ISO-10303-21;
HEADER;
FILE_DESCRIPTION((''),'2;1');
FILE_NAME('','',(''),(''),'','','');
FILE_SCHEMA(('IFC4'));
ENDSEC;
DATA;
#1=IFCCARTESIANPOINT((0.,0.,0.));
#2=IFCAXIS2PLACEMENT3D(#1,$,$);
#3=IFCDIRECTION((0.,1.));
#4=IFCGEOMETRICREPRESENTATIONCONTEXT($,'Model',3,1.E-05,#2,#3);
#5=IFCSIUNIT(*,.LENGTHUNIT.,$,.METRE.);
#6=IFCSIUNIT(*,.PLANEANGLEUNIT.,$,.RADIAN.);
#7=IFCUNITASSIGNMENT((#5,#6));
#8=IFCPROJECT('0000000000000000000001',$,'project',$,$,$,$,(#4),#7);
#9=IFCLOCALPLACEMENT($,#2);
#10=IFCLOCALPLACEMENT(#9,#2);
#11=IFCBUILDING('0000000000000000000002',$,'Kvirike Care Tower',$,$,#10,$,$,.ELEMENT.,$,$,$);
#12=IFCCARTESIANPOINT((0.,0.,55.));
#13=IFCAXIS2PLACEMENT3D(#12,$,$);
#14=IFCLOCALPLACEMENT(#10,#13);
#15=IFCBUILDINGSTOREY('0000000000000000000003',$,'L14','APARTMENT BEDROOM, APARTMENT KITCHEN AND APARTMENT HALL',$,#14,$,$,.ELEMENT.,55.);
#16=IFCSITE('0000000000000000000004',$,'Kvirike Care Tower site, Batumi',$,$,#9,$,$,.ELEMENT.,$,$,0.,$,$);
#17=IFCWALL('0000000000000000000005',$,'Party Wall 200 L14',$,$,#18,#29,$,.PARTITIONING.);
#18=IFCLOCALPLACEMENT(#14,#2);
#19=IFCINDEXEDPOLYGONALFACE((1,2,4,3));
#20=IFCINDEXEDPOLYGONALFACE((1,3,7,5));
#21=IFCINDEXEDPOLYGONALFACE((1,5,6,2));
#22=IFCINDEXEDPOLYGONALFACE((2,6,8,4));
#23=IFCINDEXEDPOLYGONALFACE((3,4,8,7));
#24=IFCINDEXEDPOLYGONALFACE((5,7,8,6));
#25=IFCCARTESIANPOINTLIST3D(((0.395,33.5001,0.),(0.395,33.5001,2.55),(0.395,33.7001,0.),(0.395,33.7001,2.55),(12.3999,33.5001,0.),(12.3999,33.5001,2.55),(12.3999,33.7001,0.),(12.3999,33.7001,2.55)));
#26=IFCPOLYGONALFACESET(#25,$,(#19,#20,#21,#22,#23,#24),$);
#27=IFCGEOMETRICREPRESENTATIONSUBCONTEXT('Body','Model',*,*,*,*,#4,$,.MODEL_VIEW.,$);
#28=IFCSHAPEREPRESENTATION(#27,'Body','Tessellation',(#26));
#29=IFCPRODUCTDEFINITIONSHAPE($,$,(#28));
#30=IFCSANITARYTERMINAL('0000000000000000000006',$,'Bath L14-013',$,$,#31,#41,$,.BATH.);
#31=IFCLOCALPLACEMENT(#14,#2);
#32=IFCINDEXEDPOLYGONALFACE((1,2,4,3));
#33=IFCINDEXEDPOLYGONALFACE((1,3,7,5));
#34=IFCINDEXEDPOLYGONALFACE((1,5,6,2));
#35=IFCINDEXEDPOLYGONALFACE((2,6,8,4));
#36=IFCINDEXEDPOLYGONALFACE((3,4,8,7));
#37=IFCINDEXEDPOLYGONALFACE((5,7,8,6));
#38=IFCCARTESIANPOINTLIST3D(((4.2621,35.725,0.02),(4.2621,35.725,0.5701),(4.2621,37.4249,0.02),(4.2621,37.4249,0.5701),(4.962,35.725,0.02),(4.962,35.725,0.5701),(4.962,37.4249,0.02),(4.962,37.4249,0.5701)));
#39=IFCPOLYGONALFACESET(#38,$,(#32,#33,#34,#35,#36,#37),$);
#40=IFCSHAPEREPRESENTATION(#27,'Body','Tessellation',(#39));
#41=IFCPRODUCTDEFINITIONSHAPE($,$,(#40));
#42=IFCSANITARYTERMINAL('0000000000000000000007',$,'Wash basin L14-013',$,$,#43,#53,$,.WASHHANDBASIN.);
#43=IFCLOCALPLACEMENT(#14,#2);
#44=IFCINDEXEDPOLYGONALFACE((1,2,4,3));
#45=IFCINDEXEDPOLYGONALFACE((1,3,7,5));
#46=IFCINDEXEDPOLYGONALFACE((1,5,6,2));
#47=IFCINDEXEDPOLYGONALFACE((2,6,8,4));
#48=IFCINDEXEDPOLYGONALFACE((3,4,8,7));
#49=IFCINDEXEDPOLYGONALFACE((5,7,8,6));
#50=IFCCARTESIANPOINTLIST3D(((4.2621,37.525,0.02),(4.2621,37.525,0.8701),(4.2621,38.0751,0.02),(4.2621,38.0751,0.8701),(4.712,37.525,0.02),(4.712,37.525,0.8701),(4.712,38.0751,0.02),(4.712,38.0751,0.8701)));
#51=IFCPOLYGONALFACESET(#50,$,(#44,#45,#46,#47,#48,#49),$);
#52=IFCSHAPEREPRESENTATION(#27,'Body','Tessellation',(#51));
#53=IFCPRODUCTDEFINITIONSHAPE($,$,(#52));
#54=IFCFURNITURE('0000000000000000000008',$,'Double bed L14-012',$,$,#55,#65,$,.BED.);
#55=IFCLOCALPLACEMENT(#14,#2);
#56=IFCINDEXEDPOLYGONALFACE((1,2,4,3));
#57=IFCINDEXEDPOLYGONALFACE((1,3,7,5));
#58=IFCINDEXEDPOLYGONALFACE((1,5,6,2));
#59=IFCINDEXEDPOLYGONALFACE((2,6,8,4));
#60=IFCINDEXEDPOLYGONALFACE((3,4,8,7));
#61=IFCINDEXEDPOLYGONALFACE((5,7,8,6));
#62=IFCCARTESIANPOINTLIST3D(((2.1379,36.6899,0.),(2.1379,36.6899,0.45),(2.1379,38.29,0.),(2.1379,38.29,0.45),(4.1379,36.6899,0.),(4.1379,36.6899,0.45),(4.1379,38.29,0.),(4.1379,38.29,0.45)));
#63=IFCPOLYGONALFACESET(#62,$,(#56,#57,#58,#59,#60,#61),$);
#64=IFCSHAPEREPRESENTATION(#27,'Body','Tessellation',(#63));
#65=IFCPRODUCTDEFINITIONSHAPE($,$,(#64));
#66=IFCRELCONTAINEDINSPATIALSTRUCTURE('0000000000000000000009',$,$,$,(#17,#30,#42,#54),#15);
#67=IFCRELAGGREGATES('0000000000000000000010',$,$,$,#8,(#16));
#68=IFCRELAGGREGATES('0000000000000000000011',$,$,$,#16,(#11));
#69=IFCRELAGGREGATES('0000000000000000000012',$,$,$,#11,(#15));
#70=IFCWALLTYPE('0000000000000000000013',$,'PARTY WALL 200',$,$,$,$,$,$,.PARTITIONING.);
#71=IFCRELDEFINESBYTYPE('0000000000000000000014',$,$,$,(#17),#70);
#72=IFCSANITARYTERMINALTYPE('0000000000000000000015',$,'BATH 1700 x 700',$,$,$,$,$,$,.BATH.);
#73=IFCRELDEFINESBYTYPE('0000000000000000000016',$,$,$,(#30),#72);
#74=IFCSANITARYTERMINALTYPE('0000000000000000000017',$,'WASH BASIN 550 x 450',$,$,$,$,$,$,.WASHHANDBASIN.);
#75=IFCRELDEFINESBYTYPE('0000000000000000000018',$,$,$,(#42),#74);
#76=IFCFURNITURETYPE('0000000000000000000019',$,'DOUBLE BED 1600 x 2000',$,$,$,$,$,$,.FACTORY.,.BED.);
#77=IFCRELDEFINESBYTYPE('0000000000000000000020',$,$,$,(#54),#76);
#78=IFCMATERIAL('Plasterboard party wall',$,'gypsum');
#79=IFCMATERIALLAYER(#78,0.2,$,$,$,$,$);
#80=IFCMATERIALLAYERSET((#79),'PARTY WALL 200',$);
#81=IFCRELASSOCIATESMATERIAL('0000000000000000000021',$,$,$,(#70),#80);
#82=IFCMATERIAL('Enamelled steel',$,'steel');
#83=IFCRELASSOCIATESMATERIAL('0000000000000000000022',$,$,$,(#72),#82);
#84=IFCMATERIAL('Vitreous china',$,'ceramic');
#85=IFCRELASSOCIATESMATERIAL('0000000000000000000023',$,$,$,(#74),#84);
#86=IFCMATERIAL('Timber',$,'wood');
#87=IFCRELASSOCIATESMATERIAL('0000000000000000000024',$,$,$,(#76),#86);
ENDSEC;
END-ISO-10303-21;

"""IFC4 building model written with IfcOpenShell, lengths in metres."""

from ifc_helpers import new_model, si_unit, direction, frame, frame_2d, origin, origin_2d, place, context, subcontext, project, spatial, rectangle, extrude, material, layer, layer_set, type_object, element, save


model = new_model("IFC4")

# Units and contexts
model_context = context("Model", 3, precision=1e-05, world=origin(), true_north=direction((0.0, 1.0)))
body_context = subcontext(model_context, "Body", "Model", "MODEL_VIEW")
ifc_project = project(units=[si_unit("LENGTHUNIT", "METRE"), si_unit("PLANEANGLEUNIT", "RADIAN")], contexts=[model_context])

# Site, building, storey
site_placement = place(None, origin())
site = spatial("IfcSite", under=ifc_project, at=site_placement, Name="Kvirike Care Tower site, Batumi", CompositionType="ELEMENT", RefElevation=0.0)
building_placement = place(site_placement, origin())
building = spatial("IfcBuilding", under=site, at=building_placement, Name="Kvirike Care Tower", CompositionType="ELEMENT")
storey_placement = place(building_placement, frame((0.0, 0.0, 55.0)))
storey = spatial("IfcBuildingStorey", under=building, at=storey_placement, Name="L14", Description="APARTMENT BEDROOM, APARTMENT KITCHEN AND APARTMENT HALL", CompositionType="ELEMENT", Elevation=55.0)

# Wall
ifc_material_1 = material(Name="Plasterboard party wall", Category="gypsum")
ifc_layer_1 = layer(ifc_material_1, 0.2)
ifc_layer_set_1 = layer_set([ifc_layer_1], Name="PARTY WALL 200")
wall_type_1 = type_object("IfcWallType", Name="PARTY WALL 200", PredefinedType="PARTITIONING", material=ifc_layer_set_1)
wall_1_placement = place(storey_placement, frame((0.395, 33.6001, 0.0), z_axis=(0.0, 0.0, 1.0), x_axis=(1.0, 0.0, 0.0)))
element("IfcWall", 1, at=wall_1_placement, inside=storey, type_object=wall_type_1, Name="Party Wall 200 L14", PredefinedType="PARTITIONING", context=body_context, shape_type="SweptSolid", body=[
    extrude(rectangle(XDim=12.0049, YDim=0.2, at=frame_2d((6.0024, 0.0))), origin(), (0.0, 0.0, 1.0), 2.55),
])

# Sanitary terminals
ifc_material_2 = material(Name="Enamelled steel", Category="steel")
sanitary_terminal_type_1 = type_object("IfcSanitaryTerminalType", Name="BATH 1700 x 700", PredefinedType="BATH", material=ifc_material_2)
sanitary_terminal_1_placement = place(storey_placement, frame((4.6121, 36.575, 0.02), z_axis=(0.0, 0.0, 1.0), x_axis=(0.0, 1.0, 0.0)))
element("IfcSanitaryTerminal", 2, at=sanitary_terminal_1_placement, inside=storey, type_object=sanitary_terminal_type_1, Name="Bath L14-013", PredefinedType="BATH", context=body_context, shape_type="SweptSolid", body=[
    extrude(rectangle(XDim=1.7, YDim=0.7, at=origin_2d()), origin(), (0.0, 0.0, 1.0), 0.55),
])
ifc_material_3 = material(Name="Vitreous china", Category="ceramic")
sanitary_terminal_type_2 = type_object("IfcSanitaryTerminalType", Name="WASH BASIN 550 x 450", PredefinedType="WASHHANDBASIN", material=ifc_material_3)
sanitary_terminal_2_placement = place(storey_placement, frame((4.4871, 37.8, 0.02), z_axis=(0.0, 0.0, 1.0), x_axis=(0.0, 1.0, 0.0)))
element("IfcSanitaryTerminal", 3, at=sanitary_terminal_2_placement, inside=storey, type_object=sanitary_terminal_type_2, Name="Wash basin L14-013", PredefinedType="WASHHANDBASIN", context=body_context, shape_type="SweptSolid", body=[
    extrude(rectangle(XDim=0.55, YDim=0.45, at=origin_2d()), origin(), (0.0, 0.0, 1.0), 0.8501),
])

# Furniture
ifc_material_4 = material(Name="Timber", Category="wood")
furniture_type = type_object("IfcFurnitureType", Name="DOUBLE BED 1600 x 2000", AssemblyPlace="FACTORY", PredefinedType="BED", material=ifc_material_4)
furniture_placement = place(storey_placement, frame((3.1379, 37.49, 0.0), z_axis=(0.0, 0.0, 1.0), x_axis=(0.0, -1.0, 0.0)))
element("IfcFurniture", 4, at=furniture_placement, inside=storey, type_object=furniture_type, Name="Double bed L14-012", PredefinedType="BED", context=body_context, shape_type="SweptSolid", body=[
    extrude(rectangle(XDim=1.6001, YDim=2.0, at=origin_2d()), origin(), (0.0, 0.0, 1.0), 0.45),
])

save(model, "model.ifc")
